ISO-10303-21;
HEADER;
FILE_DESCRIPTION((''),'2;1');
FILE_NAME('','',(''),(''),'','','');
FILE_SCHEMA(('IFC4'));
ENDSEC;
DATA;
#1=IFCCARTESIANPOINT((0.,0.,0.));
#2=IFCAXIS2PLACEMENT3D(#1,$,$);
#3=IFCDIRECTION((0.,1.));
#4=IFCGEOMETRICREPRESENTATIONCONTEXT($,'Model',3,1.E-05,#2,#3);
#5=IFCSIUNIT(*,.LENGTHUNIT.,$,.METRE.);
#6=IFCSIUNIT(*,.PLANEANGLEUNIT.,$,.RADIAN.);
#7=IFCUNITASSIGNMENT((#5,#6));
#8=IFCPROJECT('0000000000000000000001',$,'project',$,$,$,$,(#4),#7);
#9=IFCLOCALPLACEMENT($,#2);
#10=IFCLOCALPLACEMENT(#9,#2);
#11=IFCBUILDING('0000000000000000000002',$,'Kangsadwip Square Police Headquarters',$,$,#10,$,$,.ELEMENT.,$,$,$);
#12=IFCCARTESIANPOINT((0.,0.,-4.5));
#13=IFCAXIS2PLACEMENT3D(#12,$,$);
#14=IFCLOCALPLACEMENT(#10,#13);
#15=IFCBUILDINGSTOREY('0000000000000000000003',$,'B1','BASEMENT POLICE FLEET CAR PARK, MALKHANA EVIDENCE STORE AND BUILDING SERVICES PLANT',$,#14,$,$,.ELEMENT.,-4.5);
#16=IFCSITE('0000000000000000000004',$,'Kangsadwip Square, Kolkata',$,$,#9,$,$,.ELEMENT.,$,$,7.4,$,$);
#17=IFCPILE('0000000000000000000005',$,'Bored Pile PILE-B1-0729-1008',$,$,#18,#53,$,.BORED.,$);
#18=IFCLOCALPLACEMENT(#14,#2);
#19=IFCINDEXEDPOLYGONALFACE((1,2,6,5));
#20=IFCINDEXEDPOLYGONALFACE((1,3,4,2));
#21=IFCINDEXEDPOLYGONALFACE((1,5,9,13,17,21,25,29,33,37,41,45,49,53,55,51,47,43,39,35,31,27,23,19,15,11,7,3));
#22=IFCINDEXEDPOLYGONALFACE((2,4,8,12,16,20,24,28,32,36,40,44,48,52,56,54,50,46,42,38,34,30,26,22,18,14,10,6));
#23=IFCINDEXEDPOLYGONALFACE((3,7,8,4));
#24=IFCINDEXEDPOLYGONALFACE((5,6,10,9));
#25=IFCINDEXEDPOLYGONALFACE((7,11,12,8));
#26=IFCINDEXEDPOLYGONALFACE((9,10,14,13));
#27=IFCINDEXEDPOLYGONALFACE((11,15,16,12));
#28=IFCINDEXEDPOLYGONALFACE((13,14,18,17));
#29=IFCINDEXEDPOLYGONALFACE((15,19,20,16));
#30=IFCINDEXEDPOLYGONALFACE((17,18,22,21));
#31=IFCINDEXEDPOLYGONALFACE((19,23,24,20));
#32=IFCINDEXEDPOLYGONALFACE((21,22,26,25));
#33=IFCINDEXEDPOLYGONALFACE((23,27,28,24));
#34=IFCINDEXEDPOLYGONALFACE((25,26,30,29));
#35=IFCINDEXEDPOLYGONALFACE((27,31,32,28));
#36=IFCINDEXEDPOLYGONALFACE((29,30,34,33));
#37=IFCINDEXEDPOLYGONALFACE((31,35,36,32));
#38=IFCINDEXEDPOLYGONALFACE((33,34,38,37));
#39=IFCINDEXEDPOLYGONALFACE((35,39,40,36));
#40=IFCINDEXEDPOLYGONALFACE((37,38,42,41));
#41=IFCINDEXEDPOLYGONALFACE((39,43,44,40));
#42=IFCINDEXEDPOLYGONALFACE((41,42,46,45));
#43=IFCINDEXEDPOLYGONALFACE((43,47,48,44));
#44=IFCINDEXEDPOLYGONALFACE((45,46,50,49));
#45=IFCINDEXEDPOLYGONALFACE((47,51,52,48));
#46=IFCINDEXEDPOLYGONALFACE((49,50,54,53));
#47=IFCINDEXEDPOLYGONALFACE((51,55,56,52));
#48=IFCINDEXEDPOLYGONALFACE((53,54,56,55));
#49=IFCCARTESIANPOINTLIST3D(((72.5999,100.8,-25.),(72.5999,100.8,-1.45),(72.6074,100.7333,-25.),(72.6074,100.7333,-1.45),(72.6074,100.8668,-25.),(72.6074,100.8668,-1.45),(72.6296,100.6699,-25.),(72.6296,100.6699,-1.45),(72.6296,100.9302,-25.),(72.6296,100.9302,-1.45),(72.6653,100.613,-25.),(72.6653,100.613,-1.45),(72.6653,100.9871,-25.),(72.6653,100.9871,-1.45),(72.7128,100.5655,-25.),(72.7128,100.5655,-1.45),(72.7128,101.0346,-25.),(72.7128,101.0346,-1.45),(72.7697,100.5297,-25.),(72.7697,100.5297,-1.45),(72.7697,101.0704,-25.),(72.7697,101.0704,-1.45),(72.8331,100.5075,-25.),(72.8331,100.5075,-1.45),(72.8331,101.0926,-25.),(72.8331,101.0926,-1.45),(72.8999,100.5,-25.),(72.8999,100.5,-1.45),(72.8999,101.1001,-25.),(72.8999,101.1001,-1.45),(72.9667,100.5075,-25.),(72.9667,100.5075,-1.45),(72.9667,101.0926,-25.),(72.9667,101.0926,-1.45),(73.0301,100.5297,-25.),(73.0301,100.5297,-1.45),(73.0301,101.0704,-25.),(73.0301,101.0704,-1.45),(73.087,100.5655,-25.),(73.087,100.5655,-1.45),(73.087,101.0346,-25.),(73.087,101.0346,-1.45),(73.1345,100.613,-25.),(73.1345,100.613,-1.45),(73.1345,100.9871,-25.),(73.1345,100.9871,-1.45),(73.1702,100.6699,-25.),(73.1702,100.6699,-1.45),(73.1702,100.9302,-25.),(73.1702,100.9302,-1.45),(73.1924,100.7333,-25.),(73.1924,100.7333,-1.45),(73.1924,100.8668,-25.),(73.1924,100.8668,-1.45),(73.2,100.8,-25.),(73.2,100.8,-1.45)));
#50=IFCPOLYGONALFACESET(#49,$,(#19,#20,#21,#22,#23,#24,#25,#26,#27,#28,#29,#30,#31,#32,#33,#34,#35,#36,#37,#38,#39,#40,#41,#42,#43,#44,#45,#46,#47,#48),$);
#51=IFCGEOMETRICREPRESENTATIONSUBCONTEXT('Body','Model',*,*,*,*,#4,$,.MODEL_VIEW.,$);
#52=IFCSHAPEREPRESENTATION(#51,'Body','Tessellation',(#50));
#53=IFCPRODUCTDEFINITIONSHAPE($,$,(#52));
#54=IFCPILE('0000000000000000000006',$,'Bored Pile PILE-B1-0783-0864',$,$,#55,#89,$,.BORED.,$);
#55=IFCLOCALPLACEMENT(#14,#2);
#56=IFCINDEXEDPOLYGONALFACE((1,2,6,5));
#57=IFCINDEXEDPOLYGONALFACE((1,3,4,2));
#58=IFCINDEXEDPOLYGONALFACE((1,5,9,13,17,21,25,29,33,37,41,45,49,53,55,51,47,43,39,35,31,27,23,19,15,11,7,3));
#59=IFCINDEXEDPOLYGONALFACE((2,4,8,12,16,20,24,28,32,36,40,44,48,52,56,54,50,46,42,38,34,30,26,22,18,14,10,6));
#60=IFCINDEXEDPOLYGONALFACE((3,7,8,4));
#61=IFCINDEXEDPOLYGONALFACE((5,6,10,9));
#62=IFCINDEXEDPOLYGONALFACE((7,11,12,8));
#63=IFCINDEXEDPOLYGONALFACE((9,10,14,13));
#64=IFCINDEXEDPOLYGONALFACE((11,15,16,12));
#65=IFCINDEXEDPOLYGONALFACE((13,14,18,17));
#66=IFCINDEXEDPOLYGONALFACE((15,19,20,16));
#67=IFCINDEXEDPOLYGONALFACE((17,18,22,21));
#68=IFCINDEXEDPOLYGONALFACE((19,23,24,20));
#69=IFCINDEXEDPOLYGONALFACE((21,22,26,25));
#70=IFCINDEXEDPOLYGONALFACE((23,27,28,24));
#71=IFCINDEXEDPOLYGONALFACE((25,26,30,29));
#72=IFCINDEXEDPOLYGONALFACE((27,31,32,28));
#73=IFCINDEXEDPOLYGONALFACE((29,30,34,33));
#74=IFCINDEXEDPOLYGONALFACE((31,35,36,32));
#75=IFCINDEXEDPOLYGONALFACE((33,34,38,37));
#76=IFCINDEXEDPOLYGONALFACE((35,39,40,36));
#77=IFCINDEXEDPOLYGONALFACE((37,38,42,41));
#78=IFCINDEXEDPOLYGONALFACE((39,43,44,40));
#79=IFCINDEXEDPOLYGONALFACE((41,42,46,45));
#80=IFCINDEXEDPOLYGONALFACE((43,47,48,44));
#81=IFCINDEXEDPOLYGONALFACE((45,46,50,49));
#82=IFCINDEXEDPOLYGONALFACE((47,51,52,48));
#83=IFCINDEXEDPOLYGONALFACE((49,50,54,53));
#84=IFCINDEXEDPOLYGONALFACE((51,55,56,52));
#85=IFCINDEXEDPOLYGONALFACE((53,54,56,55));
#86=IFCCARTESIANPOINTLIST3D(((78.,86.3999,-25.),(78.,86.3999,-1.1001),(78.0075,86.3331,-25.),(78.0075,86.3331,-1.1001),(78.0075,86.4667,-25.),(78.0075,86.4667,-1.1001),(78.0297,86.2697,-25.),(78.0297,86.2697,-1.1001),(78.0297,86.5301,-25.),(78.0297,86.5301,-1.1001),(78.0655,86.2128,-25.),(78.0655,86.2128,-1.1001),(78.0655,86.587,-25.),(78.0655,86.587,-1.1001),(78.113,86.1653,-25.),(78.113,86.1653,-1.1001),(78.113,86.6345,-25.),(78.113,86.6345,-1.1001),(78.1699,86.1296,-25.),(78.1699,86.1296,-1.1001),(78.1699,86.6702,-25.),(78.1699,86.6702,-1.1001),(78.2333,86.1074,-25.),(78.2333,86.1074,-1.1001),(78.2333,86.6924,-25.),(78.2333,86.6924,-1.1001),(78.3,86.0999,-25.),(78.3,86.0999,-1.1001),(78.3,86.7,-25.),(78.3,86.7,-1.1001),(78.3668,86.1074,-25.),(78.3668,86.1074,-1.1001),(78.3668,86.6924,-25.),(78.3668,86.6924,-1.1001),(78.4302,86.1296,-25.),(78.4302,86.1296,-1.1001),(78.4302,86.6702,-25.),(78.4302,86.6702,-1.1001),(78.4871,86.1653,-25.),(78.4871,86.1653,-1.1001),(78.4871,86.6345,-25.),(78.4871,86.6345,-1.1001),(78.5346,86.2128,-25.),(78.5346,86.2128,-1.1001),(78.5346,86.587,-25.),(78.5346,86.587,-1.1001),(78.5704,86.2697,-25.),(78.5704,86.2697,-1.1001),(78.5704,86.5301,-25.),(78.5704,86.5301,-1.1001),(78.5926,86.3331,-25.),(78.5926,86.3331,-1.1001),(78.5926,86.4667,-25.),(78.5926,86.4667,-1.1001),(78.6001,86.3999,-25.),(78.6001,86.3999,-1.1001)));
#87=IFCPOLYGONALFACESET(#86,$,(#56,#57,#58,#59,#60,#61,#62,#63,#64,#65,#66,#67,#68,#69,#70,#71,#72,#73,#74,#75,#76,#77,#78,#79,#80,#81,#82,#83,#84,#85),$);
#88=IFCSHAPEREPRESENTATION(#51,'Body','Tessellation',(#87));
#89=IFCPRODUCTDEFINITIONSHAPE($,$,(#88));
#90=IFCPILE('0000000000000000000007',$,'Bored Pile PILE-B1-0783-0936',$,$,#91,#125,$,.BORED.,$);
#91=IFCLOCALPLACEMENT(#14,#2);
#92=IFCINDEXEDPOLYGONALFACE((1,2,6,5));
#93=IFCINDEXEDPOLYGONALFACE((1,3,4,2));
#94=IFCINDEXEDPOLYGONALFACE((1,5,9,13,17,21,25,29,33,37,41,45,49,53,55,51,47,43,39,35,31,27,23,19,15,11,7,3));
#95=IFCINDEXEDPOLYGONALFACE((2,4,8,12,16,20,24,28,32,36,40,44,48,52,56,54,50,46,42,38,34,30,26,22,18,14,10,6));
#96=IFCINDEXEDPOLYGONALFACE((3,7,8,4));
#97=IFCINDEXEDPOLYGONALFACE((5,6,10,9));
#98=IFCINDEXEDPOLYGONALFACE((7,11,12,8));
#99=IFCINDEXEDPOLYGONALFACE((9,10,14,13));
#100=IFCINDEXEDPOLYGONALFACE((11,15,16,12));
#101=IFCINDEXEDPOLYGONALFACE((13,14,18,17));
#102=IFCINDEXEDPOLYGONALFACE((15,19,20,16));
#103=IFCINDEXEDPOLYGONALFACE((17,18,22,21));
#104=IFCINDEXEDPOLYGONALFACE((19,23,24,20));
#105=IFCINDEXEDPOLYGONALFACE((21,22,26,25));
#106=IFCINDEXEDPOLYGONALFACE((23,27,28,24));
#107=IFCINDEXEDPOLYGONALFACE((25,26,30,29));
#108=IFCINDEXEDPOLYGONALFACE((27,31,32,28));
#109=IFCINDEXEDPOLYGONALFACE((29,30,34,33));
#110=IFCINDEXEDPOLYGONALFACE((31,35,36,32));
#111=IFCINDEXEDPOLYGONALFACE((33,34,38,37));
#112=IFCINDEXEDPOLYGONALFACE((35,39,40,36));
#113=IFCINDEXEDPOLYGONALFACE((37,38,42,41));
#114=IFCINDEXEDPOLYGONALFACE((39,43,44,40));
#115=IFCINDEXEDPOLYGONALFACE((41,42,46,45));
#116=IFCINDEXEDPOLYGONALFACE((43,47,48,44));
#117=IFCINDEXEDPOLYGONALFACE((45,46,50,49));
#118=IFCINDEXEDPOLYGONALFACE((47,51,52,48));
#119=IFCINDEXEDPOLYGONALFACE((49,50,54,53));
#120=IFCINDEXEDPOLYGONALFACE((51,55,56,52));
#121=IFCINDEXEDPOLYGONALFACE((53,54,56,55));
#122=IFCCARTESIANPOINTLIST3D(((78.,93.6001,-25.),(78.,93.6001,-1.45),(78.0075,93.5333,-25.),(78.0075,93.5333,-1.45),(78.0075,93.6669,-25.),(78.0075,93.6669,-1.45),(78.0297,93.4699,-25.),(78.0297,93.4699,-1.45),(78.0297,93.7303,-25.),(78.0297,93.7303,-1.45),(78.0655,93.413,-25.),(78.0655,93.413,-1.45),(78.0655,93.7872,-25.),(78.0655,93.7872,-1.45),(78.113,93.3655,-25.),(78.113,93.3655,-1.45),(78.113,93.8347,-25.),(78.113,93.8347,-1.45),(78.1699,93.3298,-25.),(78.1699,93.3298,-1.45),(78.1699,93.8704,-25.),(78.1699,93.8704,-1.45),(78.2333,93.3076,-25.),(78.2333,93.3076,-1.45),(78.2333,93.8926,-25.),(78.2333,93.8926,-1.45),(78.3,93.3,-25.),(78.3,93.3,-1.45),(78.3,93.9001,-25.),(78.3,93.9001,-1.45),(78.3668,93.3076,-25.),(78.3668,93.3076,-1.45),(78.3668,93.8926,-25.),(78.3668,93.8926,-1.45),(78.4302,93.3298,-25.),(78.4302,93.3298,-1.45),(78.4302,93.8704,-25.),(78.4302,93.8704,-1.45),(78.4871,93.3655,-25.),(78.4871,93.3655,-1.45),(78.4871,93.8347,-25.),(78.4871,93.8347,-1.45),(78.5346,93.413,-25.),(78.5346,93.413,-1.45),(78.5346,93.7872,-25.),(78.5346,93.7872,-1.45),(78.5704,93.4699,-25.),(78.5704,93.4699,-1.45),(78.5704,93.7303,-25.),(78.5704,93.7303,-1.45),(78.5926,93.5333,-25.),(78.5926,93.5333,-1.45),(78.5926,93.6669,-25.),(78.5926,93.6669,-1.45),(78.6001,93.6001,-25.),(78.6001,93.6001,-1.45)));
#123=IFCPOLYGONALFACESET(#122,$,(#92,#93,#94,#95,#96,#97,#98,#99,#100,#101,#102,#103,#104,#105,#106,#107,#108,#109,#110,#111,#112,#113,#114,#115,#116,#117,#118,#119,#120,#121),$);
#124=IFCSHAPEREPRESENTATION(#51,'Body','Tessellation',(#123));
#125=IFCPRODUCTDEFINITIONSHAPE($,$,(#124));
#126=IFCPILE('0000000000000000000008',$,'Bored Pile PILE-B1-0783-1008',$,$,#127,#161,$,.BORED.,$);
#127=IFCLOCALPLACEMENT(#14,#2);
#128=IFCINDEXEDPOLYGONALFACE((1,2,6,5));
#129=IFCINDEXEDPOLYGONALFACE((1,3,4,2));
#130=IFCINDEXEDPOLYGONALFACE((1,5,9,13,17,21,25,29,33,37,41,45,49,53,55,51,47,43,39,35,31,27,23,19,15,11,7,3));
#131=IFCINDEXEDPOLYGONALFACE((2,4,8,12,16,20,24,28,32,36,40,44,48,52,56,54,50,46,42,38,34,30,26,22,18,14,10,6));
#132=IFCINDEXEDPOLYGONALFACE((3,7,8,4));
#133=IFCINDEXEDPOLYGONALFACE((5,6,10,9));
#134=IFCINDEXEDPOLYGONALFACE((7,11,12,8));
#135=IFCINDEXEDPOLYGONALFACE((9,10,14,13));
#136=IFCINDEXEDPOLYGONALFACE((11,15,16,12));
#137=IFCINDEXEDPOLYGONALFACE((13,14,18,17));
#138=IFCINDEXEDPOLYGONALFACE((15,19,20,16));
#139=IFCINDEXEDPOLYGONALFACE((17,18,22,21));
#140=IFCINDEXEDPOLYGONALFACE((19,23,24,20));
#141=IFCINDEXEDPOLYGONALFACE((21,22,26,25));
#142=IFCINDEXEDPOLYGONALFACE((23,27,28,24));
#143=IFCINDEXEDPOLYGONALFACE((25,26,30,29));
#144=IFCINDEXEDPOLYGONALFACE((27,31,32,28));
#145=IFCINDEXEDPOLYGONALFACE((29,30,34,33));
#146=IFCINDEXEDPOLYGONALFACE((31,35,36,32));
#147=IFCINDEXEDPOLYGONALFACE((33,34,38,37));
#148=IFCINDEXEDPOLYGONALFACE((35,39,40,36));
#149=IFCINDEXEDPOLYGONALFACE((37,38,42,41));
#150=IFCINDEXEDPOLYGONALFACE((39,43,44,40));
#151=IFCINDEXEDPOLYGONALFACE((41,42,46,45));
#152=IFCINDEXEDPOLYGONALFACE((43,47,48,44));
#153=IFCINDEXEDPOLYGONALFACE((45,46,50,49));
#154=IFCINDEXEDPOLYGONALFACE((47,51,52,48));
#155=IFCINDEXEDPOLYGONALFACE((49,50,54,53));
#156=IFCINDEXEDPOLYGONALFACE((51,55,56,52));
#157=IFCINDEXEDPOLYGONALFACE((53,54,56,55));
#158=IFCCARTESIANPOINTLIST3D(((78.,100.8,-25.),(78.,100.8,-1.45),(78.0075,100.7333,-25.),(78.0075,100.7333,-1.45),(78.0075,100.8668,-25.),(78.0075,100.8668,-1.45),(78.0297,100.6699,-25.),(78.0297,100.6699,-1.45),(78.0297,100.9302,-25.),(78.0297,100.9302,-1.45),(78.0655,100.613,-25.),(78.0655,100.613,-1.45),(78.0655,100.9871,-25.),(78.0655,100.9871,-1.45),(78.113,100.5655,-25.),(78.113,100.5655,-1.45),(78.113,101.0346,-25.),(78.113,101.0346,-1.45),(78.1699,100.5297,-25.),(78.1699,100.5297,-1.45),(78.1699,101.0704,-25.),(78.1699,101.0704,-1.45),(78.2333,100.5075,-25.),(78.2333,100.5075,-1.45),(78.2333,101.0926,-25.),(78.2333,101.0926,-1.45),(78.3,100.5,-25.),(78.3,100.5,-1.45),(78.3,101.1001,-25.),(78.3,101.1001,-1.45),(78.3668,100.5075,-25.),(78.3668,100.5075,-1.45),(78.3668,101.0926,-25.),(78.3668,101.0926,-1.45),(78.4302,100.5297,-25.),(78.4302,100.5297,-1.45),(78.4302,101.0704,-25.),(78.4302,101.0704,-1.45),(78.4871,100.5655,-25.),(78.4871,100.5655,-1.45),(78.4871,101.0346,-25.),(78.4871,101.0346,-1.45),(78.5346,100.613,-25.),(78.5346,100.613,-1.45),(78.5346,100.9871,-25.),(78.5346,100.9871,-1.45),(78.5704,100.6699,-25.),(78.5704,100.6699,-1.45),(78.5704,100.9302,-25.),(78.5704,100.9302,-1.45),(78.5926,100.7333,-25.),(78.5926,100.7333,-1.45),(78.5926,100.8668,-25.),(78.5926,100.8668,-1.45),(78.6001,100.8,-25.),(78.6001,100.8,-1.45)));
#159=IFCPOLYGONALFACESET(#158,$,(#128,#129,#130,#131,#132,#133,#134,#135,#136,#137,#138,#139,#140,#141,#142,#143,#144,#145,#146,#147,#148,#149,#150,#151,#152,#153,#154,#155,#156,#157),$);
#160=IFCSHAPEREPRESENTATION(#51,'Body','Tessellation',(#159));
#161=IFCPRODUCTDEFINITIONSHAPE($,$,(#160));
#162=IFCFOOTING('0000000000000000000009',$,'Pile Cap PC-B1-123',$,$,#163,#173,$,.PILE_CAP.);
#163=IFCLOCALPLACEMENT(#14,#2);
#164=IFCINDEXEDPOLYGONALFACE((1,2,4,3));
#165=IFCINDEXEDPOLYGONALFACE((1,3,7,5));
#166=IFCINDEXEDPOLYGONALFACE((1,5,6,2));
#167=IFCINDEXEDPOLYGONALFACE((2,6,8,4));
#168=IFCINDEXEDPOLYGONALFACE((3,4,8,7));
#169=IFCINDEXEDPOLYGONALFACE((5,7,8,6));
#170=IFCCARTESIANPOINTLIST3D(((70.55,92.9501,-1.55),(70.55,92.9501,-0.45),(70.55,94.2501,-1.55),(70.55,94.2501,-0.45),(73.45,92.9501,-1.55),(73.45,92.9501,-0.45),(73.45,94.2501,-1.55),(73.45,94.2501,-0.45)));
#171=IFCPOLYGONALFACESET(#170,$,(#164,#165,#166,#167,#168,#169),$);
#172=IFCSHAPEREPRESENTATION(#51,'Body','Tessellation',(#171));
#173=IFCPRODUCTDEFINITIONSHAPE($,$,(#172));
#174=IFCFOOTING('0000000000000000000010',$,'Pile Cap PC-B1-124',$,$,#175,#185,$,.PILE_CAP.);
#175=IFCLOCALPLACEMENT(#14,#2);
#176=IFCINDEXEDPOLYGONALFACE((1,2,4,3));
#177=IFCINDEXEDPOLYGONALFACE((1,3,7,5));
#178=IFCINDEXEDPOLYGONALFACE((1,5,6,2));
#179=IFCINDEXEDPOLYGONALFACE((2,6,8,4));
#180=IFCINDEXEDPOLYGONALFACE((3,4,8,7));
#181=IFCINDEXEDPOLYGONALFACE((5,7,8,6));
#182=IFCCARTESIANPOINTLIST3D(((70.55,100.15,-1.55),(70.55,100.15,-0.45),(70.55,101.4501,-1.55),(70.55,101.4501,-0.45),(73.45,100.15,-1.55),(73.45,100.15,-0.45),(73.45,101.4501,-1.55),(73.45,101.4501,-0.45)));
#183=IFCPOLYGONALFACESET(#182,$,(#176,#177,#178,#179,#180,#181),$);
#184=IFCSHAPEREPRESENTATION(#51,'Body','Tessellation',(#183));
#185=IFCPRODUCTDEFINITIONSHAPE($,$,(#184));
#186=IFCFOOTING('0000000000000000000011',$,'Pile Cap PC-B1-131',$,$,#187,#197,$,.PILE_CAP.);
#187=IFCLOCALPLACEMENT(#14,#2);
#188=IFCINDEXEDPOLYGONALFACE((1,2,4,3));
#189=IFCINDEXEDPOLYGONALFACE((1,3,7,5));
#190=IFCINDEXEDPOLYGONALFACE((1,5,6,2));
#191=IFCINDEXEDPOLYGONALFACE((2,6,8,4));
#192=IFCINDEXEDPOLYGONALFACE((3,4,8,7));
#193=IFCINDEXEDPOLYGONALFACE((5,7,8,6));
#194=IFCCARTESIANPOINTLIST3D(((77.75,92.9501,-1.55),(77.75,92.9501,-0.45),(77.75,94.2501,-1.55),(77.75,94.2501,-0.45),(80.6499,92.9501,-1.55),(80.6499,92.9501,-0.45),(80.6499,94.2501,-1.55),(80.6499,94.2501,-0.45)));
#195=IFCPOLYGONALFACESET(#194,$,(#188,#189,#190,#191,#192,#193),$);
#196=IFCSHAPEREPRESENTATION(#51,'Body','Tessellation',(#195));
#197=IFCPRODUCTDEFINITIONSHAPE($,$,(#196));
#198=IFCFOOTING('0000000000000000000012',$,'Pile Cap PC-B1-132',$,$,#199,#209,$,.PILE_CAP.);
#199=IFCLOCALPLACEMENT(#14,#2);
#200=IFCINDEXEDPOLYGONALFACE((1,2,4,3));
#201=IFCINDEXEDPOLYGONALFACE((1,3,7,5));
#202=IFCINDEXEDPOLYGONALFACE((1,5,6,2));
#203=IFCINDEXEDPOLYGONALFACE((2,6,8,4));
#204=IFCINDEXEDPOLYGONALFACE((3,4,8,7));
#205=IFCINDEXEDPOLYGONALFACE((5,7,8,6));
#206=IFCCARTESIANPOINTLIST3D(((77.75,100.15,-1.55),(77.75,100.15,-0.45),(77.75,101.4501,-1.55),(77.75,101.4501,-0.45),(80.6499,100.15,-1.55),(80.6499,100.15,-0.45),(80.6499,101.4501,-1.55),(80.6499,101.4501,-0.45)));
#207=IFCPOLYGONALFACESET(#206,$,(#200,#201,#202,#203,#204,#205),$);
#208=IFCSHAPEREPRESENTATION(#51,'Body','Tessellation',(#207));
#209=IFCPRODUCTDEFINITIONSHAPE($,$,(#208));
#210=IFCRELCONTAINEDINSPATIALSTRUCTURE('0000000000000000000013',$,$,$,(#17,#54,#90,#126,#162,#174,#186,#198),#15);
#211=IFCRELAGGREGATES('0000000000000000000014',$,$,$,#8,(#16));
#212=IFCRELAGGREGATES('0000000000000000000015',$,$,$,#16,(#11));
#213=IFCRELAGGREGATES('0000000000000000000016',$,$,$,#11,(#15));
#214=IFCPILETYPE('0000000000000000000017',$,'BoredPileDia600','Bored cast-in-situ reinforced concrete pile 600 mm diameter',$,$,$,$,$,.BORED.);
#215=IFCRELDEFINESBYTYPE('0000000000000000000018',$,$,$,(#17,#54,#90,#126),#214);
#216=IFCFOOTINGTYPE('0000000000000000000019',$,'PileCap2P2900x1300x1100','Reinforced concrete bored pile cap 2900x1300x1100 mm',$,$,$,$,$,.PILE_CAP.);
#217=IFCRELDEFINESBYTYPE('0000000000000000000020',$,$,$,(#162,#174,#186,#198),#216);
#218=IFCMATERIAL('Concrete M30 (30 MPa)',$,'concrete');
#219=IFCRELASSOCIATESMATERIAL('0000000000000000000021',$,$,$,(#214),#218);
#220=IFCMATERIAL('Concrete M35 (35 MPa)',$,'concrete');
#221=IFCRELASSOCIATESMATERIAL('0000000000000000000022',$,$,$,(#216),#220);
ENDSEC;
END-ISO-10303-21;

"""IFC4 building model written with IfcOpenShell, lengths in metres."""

from ifc_helpers import new_model, si_unit, direction, frame, origin, origin_2d, place, context, subcontext, project, spatial, rectangle, circle, extrude, material, material_profile, profile_set, type_object, element, save


model = new_model("IFC4")

# Units and contexts
model_context = context("Model", 3, precision=1e-05, world=origin(), true_north=direction((0.0, 1.0)))
body_context = subcontext(model_context, "Body", "Model", "MODEL_VIEW")
ifc_project = project(units=[si_unit("LENGTHUNIT", "METRE"), si_unit("PLANEANGLEUNIT", "RADIAN")], contexts=[model_context])

# Site, building, storey
site_placement = place(None, origin())
site = spatial("IfcSite", under=ifc_project, at=site_placement, Name="Kangsadwip Square, Kolkata", CompositionType="ELEMENT", RefElevation=7.4)
building_placement = place(site_placement, origin())
building = spatial("IfcBuilding", under=site, at=building_placement, Name="Kangsadwip Square Police Headquarters", CompositionType="ELEMENT")
storey_placement = place(building_placement, frame((0.0, 0.0, -4.5)))
storey = spatial("IfcBuildingStorey", under=building, at=storey_placement, Name="B1", Description="BASEMENT POLICE FLEET CAR PARK, MALKHANA EVIDENCE STORE AND BUILDING SERVICES PLANT", CompositionType="ELEMENT", Elevation=-4.5)

# Piles
ifc_material_1 = material(Name="Concrete M30 (30 MPa)", Category="concrete")
ifc_material_profile_1 = material_profile(ifc_material_1, circle(Radius=0.3, at=origin_2d()), Name="PILE DIA 600")
ifc_profile_set_1 = profile_set([ifc_material_profile_1], Name="Concrete M30 (30 MPa)")
pile_type = type_object("IfcPileType", Name="BoredPileDia600", Description="Bored cast-in-situ reinforced concrete pile 600 mm diameter", PredefinedType="BORED", material=ifc_profile_set_1)
for number, where, z_axis, x_axis, name in (
    (1, (72.8999, 100.8, -1.45), (0.0, 0.0, -1.0), (1.0, 0.0, 0.0), "Bored Pile PILE-B1-0729-1008"),
):
    element("IfcPile", number, at=place(storey_placement, frame(where, z_axis=z_axis, x_axis=x_axis)), inside=storey, type_object=pile_type, Name=name, PredefinedType="BORED", context=body_context, shape_type="SweptSolid", body=[
        extrude(circle(Radius=0.3, at=origin_2d()), origin(), (0.0, 0.0, 1.0), 23.55),
    ])
pile_placement = place(storey_placement, frame((78.3, 86.3999, -1.1001), z_axis=(0.0, 0.0, -1.0), x_axis=(1.0, 0.0, 0.0)))
element("IfcPile", 2, at=pile_placement, inside=storey, type_object=pile_type, Name="Bored Pile PILE-B1-0783-0864", PredefinedType="BORED", context=body_context, shape_type="SweptSolid", body=[
    extrude(circle(Radius=0.3, at=origin_2d()), origin(), (0.0, 0.0, 1.0), 23.8999),
])
for number, where, z_axis, x_axis, name in (
    (3, (78.3, 93.6001, -1.45), (0.0, 0.0, -1.0), (1.0, 0.0, 0.0), "Bored Pile PILE-B1-0783-0936"),
    (4, (78.3, 100.8, -1.45), (0.0, 0.0, -1.0), (1.0, 0.0, 0.0), "Bored Pile PILE-B1-0783-1008"),
):
    element("IfcPile", number, at=place(storey_placement, frame(where, z_axis=z_axis, x_axis=x_axis)), inside=storey, type_object=pile_type, Name=name, PredefinedType="BORED", context=body_context, shape_type="SweptSolid", body=[
        extrude(circle(Radius=0.3, at=origin_2d()), origin(), (0.0, 0.0, 1.0), 23.55),
    ])

# Footings
ifc_material_2 = material(Name="Concrete M35 (35 MPa)", Category="concrete")
footing_type_1 = type_object("IfcFootingType", Name="PileCap2P2900x1300x1100", Description="Reinforced concrete bored pile cap 2900x1300x1100 mm", PredefinedType="PILE_CAP", material=ifc_material_2)
for number, where, z_axis, x_axis, name in (
    (5, (72.0, 93.6001, -1.55), (0.0, 0.0, 1.0), (1.0, 0.0, 0.0), "Pile Cap PC-B1-123"),
    (6, (72.0, 100.8, -1.55), (0.0, 0.0, 1.0), (1.0, 0.0, 0.0), "Pile Cap PC-B1-124"),
    (7, (79.2, 93.6001, -1.55), (0.0, 0.0, 1.0), (1.0, 0.0, 0.0), "Pile Cap PC-B1-131"),
    (8, (79.2, 100.8, -1.55), (0.0, 0.0, 1.0), (1.0, 0.0, 0.0), "Pile Cap PC-B1-132"),
):
    element("IfcFooting", number, at=place(storey_placement, frame(where, z_axis=z_axis, x_axis=x_axis)), inside=storey, type_object=footing_type_1, Name=name, PredefinedType="PILE_CAP", context=body_context, shape_type="SweptSolid", body=[
        extrude(rectangle(XDim=2.8999, YDim=1.3, at=origin_2d()), origin(), (0.0, 0.0, 1.0), 1.1001),
    ])

save(model, "model.ifc")
